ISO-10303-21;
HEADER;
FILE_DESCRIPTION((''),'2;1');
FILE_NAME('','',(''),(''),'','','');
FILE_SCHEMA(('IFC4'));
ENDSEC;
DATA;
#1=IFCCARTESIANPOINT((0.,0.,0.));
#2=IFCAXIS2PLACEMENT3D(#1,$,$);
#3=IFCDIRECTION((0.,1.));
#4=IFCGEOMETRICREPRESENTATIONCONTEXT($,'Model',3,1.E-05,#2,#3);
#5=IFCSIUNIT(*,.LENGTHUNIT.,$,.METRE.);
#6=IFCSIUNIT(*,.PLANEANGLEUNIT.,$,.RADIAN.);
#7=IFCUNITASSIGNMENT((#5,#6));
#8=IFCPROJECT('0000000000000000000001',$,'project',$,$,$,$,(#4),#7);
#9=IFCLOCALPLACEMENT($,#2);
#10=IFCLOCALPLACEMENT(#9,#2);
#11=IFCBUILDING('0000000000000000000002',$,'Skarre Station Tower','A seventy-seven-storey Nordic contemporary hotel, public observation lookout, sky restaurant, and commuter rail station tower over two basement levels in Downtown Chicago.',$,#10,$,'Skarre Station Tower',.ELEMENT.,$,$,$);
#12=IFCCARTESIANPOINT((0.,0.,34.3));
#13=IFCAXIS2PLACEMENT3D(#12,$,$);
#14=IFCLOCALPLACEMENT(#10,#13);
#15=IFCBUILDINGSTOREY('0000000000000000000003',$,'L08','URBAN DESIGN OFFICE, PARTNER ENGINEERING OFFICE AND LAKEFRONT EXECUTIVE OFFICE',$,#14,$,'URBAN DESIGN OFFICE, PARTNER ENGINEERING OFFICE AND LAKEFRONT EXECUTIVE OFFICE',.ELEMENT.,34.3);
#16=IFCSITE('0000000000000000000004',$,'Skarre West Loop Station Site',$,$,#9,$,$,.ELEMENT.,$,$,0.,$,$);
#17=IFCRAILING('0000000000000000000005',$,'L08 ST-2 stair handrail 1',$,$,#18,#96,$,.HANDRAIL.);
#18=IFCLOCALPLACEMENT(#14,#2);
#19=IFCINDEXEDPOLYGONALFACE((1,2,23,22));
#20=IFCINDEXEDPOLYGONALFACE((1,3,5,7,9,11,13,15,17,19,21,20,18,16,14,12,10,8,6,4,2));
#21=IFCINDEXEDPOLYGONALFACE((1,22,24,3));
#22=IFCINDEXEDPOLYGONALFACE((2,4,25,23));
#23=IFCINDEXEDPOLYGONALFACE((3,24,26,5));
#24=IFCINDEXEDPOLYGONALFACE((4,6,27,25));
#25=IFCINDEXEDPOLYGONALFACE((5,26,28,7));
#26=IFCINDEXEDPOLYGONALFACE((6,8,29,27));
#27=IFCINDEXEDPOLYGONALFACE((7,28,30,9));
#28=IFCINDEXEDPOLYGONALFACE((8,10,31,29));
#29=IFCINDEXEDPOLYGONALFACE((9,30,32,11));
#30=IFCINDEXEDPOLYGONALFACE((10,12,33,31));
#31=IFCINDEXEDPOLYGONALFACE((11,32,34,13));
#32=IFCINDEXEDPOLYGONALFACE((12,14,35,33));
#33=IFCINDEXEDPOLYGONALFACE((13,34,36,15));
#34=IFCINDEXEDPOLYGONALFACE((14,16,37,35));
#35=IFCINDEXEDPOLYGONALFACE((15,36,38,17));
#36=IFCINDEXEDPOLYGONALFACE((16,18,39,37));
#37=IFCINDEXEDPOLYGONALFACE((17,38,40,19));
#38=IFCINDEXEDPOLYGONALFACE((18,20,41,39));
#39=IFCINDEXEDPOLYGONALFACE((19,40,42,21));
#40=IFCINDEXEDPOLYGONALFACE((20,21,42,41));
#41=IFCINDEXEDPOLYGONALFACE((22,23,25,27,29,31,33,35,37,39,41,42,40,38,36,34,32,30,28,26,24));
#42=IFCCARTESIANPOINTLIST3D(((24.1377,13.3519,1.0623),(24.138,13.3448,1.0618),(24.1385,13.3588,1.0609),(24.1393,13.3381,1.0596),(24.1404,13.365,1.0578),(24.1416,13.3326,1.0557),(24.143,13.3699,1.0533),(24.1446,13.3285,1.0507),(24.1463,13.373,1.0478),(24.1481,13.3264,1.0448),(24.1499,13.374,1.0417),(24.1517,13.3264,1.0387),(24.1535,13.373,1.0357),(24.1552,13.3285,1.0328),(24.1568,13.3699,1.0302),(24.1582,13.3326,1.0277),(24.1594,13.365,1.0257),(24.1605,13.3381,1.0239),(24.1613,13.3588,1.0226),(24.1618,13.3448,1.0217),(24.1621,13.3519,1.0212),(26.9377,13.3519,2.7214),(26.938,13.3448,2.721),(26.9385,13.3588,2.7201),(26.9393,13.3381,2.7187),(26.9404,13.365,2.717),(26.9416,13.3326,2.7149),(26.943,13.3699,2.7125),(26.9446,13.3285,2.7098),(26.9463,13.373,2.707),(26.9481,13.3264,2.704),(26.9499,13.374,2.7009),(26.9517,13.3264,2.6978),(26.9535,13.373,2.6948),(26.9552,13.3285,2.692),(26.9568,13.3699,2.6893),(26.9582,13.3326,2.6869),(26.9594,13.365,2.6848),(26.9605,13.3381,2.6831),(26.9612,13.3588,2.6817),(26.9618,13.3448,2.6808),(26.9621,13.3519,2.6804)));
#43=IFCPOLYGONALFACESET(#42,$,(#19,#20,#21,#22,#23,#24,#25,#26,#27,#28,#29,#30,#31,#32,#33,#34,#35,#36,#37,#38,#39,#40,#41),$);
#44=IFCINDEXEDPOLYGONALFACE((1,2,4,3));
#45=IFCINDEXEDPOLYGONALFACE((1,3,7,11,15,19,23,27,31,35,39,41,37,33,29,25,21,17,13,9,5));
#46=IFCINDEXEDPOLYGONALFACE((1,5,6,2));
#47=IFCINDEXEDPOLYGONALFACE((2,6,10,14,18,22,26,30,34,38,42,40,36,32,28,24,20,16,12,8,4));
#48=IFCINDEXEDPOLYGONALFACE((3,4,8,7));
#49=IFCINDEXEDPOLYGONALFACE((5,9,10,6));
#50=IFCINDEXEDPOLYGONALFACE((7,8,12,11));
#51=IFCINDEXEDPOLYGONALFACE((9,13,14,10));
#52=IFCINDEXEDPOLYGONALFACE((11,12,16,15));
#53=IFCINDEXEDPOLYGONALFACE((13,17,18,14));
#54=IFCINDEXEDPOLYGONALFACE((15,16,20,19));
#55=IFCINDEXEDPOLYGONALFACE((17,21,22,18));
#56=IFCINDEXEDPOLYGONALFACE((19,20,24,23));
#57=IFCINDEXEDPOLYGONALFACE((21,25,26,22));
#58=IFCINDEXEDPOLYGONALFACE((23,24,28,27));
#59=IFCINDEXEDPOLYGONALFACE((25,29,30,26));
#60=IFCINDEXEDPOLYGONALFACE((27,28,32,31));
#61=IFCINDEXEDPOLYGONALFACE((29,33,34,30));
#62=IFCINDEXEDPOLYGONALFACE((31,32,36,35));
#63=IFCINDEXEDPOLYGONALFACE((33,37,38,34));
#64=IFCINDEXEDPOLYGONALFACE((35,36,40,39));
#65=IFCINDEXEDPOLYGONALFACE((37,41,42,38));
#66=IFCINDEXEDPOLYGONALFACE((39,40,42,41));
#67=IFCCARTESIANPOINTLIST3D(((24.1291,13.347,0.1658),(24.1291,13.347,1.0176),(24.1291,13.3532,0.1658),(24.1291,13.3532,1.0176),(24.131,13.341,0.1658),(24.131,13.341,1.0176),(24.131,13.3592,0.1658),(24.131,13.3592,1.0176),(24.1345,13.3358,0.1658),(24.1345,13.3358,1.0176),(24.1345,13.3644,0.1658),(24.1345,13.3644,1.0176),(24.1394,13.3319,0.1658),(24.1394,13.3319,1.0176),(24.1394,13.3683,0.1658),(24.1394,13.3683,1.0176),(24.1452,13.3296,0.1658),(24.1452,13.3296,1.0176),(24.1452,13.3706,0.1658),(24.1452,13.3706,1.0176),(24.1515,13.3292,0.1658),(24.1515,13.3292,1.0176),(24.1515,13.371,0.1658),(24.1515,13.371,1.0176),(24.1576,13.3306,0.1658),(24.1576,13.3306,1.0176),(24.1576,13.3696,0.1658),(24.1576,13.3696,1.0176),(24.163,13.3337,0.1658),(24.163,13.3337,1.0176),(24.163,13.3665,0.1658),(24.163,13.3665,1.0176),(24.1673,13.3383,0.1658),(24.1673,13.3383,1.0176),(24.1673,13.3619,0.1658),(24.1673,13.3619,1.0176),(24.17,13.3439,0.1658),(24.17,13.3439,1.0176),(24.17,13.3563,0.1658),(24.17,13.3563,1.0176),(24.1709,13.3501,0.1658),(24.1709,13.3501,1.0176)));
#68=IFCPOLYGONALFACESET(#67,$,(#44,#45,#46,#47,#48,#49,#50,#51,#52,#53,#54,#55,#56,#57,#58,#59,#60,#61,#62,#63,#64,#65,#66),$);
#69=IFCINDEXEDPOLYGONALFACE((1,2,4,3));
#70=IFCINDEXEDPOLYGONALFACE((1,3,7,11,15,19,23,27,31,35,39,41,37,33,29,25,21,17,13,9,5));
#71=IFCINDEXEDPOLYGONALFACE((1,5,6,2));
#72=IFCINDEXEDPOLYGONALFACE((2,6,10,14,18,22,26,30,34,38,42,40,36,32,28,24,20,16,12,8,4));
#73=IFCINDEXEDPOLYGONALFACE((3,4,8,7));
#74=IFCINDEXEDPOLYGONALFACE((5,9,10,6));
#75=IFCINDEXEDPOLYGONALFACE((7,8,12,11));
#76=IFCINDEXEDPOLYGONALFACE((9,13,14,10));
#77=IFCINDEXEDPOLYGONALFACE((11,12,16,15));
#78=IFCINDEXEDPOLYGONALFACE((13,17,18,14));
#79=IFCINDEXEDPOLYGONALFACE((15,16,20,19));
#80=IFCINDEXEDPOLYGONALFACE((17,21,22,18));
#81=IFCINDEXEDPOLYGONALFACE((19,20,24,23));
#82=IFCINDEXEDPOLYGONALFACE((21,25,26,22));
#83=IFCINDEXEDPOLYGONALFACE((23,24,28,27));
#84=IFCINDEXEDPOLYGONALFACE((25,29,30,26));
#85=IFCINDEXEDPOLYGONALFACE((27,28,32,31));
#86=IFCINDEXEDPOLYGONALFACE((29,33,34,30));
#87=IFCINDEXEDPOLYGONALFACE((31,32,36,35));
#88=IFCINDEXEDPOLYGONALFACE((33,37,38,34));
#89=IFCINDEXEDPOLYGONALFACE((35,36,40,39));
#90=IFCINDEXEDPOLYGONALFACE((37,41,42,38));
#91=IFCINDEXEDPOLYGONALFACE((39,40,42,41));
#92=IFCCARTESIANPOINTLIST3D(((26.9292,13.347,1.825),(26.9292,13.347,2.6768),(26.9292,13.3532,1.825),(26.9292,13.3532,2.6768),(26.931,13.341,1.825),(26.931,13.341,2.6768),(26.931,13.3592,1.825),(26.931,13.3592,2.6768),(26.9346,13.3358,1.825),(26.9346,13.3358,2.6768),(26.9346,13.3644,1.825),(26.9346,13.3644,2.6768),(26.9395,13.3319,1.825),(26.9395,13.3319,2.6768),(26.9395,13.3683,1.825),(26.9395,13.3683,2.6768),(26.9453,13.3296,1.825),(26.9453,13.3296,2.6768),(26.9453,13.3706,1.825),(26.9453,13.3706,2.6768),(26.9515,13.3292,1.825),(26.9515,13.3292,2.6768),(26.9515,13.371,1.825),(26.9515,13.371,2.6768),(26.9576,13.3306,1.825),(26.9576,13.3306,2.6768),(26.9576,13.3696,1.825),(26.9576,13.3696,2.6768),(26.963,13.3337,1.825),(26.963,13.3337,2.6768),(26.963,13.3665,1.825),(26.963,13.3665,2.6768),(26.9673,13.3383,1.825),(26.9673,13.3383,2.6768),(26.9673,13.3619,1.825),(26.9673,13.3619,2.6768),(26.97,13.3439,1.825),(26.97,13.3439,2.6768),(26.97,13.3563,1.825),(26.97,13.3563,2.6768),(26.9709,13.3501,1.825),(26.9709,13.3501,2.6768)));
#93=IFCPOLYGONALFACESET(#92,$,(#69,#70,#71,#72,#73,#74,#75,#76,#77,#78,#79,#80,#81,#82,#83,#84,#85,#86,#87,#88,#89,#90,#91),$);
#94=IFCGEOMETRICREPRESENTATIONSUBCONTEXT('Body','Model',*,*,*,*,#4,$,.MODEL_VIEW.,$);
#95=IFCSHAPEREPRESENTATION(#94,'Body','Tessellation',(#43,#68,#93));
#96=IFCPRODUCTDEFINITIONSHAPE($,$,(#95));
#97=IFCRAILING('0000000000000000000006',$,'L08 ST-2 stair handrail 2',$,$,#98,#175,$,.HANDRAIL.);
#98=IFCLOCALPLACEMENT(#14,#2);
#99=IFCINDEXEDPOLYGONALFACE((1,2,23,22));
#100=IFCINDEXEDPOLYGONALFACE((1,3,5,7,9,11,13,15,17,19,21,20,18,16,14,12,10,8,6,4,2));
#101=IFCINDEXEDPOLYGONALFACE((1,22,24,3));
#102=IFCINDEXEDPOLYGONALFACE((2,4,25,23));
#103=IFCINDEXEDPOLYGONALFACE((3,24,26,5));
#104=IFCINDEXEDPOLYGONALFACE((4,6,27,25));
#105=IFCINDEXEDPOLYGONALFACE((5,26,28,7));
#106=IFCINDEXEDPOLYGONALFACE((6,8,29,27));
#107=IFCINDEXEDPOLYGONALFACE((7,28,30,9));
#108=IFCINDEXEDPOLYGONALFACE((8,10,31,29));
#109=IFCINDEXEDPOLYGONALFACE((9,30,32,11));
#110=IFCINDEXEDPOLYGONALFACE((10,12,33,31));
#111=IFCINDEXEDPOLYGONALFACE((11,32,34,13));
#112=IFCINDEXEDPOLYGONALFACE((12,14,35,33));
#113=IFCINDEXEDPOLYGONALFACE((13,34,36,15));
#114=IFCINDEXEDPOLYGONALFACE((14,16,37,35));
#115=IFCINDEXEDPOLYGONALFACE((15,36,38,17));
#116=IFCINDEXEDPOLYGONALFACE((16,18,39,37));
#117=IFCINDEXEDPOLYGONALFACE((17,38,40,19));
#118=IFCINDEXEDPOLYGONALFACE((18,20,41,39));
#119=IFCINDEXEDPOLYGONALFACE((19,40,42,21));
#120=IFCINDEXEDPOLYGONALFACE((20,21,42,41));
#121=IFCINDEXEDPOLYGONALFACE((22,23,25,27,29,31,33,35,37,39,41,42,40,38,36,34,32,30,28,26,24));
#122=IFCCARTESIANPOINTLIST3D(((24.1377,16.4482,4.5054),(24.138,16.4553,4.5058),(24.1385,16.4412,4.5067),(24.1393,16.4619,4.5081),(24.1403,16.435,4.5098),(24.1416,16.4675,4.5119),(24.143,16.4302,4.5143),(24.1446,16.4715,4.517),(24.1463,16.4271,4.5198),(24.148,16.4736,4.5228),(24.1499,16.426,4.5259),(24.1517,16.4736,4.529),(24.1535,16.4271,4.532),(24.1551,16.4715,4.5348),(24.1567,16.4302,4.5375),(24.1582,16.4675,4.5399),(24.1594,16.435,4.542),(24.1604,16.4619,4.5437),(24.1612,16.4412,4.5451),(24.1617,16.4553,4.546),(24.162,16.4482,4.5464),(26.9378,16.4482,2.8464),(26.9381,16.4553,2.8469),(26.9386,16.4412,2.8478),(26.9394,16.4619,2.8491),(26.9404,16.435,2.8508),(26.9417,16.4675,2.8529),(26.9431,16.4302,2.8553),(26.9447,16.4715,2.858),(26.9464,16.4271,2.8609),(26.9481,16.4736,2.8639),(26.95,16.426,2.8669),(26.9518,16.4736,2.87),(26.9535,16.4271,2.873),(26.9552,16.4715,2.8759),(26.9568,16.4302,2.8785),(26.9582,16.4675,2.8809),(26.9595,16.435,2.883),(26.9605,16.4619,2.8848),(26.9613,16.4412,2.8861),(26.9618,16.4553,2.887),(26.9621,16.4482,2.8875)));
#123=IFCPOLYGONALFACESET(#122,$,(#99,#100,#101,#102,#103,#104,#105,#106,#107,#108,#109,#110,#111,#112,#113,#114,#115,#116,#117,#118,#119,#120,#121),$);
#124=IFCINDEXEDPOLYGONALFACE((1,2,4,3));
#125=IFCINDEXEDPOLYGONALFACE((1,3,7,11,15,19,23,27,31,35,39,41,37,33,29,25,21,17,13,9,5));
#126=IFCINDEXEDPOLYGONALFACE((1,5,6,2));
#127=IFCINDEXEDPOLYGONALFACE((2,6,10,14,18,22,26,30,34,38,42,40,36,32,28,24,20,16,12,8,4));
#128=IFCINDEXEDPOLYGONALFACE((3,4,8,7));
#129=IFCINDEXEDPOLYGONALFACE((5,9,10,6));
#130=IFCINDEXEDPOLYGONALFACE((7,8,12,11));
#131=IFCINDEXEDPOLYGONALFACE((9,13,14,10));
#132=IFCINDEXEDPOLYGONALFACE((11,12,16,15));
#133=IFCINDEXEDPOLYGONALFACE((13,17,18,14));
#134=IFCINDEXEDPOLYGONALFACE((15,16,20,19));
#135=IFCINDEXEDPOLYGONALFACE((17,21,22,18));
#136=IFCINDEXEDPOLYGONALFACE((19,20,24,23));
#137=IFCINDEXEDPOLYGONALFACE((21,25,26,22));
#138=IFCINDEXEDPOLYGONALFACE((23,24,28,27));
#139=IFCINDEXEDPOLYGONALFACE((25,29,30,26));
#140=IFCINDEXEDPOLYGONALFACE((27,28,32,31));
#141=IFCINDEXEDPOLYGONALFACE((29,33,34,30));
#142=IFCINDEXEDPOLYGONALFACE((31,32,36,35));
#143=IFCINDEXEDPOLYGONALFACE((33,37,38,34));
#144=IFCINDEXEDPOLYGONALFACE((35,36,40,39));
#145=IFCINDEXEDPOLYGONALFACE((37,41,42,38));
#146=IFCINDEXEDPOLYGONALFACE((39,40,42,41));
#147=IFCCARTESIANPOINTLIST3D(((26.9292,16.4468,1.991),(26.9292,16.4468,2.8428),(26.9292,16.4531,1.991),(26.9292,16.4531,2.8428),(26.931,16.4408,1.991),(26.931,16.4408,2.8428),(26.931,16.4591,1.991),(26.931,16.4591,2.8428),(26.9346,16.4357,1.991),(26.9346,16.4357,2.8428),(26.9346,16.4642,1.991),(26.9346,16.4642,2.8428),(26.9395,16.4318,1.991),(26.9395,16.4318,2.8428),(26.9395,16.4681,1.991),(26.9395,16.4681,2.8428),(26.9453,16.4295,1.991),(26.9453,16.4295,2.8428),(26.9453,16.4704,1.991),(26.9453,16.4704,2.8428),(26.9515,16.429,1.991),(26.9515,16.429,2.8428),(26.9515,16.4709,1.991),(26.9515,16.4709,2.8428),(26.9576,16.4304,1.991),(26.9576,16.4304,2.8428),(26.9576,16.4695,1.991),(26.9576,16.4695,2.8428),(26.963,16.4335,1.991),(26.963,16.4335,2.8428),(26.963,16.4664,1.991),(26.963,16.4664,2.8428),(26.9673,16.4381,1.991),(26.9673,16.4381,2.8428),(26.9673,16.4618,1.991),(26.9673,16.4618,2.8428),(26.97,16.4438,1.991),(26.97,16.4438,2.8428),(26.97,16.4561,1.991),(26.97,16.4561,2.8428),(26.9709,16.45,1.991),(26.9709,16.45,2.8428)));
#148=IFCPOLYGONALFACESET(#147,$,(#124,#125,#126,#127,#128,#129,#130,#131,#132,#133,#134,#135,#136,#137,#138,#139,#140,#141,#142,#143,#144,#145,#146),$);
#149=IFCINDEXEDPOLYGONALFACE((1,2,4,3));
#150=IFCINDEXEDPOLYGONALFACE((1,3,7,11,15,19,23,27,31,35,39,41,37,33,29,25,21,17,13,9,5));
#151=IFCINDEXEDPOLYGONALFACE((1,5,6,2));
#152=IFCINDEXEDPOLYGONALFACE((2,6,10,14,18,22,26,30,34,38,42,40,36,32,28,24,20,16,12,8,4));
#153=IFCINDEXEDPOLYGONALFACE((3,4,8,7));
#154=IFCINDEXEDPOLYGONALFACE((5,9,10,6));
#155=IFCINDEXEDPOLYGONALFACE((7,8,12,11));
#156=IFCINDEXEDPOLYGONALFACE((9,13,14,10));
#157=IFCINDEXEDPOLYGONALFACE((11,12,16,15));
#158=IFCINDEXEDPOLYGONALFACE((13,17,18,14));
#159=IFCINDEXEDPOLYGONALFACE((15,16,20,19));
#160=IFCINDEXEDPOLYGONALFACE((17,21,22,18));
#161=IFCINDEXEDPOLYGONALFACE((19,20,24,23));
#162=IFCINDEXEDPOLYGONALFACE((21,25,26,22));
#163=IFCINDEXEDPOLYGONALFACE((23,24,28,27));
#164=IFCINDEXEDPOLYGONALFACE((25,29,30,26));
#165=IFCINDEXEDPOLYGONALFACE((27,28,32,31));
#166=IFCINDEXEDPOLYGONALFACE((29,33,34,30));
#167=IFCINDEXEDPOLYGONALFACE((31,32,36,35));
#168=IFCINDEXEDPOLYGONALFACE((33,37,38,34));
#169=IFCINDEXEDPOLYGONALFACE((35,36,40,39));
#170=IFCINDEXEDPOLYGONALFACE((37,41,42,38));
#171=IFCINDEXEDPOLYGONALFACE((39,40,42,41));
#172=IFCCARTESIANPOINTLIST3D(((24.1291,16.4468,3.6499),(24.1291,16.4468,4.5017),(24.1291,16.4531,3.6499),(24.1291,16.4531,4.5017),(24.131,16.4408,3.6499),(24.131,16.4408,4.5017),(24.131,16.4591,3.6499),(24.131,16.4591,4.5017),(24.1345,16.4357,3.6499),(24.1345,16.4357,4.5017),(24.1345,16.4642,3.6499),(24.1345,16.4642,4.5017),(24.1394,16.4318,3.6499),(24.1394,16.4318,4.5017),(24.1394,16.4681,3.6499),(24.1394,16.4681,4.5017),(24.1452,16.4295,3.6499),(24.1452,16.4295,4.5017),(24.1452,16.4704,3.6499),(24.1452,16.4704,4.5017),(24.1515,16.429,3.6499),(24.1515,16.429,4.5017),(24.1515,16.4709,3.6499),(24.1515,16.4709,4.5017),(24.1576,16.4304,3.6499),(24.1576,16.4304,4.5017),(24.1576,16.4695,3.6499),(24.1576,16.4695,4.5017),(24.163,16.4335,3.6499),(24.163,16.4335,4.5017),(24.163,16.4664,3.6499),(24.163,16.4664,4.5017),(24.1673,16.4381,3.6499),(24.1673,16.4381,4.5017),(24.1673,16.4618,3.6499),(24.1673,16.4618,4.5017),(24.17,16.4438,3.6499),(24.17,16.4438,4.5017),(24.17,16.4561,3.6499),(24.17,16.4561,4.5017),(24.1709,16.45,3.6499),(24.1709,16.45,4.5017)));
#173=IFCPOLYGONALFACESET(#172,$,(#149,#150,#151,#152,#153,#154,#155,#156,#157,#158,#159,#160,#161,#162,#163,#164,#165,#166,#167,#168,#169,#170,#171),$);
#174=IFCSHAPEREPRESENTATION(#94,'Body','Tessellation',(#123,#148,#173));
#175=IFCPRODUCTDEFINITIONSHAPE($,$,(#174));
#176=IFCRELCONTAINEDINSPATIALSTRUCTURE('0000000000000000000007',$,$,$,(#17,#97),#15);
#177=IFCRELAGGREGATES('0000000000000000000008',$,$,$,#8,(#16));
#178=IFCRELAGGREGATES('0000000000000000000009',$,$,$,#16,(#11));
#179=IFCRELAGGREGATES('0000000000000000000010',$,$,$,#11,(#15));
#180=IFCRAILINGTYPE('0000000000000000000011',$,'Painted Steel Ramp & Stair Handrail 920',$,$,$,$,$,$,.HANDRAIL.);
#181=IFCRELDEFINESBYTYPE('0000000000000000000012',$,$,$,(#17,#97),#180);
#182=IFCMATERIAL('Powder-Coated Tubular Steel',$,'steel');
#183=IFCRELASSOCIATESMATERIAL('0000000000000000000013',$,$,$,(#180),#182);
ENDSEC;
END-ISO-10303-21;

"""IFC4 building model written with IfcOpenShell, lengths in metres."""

from ifc_helpers import new_model, si_unit, direction, frame, origin, origin_2d, place, context, subcontext, project, spatial, circle, extrude, material, type_object, element, save


model = new_model("IFC4")

# Units and contexts
model_context = context("Model", 3, precision=1e-05, world=origin(), true_north=direction((0.0, 1.0)))
body_context = subcontext(model_context, "Body", "Model", "MODEL_VIEW")
ifc_project = project(units=[si_unit("LENGTHUNIT", "METRE"), si_unit("PLANEANGLEUNIT", "RADIAN")], contexts=[model_context])

# Site, building, storey
site_placement = place(None, origin())
site = spatial("IfcSite", under=ifc_project, at=site_placement, Name="Skarre West Loop Station Site", CompositionType="ELEMENT", RefElevation=0.0)
building_placement = place(site_placement, origin())
building = spatial("IfcBuilding", under=site, at=building_placement, Name="Skarre Station Tower", Description="A seventy-seven-storey Nordic contemporary hotel, public observation lookout, sky restaurant, and commuter rail station tower over two basement levels in Downtown Chicago.", LongName="Skarre Station Tower", CompositionType="ELEMENT")
storey_placement = place(building_placement, frame((0.0, 0.0, 34.3)))
storey = spatial("IfcBuildingStorey", under=building, at=storey_placement, Name="L08", Description="URBAN DESIGN OFFICE, PARTNER ENGINEERING OFFICE AND LAKEFRONT EXECUTIVE OFFICE", LongName="URBAN DESIGN OFFICE, PARTNER ENGINEERING OFFICE AND LAKEFRONT EXECUTIVE OFFICE", CompositionType="ELEMENT", Elevation=34.3)

# Railings
ifc_material_1 = material(Name="Powder-Coated Tubular Steel", Category="steel")
railing_type_1 = type_object("IfcRailingType", Name="Painted Steel Ramp & Stair Handrail 920", PredefinedType="HANDRAIL", material=ifc_material_1)
railing_1_placement = place(storey_placement, frame((24.1499, 13.3501, 0.1658)))
element("IfcRailing", 1, at=railing_1_placement, inside=storey, type_object=railing_type_1, Name="L08 ST-2 stair handrail 1", PredefinedType="HANDRAIL", context=body_context, shape_type="SweptSolid", body=[
    extrude(circle(Radius=0.0239, at=origin_2d()), frame((0.0, 0.0, 0.876), z_axis=(0.860306, 0.0, 0.509778), x_axis=(0.0, 1.0, 0.0)), (0.0, 0.0, 1.0), 3.2546),
    extrude(circle(Radius=0.021, at=origin_2d()), origin(), (0.0, 0.0, 1.0), 0.8518),
    extrude(circle(Radius=0.021, at=origin_2d()), frame((2.8, 0.0, 1.6592)), (0.0, 0.0, 1.0), 0.8518),
])
railing_2_placement = place(storey_placement, frame((26.95, 16.45, 1.991)))
element("IfcRailing", 2, at=railing_2_placement, inside=storey, type_object=railing_type_1, Name="L08 ST-2 stair handrail 2", PredefinedType="HANDRAIL", context=body_context, shape_type="SweptSolid", body=[
    extrude(circle(Radius=0.0239, at=origin_2d()), frame((0.0, 0.0, 0.876), z_axis=(-0.860339, 0.0, 0.509722), x_axis=(0.0, -1.0, 0.0)), (0.0, 0.0, 1.0), 3.2546),
    extrude(circle(Radius=0.021, at=origin_2d()), origin(), (0.0, 0.0, 1.0), 0.8518),
    extrude(circle(Radius=0.021, at=origin_2d()), frame((-2.8, 0.0, 1.6589)), (0.0, 0.0, 1.0), 0.8518),
])

save(model, "model.ifc")
